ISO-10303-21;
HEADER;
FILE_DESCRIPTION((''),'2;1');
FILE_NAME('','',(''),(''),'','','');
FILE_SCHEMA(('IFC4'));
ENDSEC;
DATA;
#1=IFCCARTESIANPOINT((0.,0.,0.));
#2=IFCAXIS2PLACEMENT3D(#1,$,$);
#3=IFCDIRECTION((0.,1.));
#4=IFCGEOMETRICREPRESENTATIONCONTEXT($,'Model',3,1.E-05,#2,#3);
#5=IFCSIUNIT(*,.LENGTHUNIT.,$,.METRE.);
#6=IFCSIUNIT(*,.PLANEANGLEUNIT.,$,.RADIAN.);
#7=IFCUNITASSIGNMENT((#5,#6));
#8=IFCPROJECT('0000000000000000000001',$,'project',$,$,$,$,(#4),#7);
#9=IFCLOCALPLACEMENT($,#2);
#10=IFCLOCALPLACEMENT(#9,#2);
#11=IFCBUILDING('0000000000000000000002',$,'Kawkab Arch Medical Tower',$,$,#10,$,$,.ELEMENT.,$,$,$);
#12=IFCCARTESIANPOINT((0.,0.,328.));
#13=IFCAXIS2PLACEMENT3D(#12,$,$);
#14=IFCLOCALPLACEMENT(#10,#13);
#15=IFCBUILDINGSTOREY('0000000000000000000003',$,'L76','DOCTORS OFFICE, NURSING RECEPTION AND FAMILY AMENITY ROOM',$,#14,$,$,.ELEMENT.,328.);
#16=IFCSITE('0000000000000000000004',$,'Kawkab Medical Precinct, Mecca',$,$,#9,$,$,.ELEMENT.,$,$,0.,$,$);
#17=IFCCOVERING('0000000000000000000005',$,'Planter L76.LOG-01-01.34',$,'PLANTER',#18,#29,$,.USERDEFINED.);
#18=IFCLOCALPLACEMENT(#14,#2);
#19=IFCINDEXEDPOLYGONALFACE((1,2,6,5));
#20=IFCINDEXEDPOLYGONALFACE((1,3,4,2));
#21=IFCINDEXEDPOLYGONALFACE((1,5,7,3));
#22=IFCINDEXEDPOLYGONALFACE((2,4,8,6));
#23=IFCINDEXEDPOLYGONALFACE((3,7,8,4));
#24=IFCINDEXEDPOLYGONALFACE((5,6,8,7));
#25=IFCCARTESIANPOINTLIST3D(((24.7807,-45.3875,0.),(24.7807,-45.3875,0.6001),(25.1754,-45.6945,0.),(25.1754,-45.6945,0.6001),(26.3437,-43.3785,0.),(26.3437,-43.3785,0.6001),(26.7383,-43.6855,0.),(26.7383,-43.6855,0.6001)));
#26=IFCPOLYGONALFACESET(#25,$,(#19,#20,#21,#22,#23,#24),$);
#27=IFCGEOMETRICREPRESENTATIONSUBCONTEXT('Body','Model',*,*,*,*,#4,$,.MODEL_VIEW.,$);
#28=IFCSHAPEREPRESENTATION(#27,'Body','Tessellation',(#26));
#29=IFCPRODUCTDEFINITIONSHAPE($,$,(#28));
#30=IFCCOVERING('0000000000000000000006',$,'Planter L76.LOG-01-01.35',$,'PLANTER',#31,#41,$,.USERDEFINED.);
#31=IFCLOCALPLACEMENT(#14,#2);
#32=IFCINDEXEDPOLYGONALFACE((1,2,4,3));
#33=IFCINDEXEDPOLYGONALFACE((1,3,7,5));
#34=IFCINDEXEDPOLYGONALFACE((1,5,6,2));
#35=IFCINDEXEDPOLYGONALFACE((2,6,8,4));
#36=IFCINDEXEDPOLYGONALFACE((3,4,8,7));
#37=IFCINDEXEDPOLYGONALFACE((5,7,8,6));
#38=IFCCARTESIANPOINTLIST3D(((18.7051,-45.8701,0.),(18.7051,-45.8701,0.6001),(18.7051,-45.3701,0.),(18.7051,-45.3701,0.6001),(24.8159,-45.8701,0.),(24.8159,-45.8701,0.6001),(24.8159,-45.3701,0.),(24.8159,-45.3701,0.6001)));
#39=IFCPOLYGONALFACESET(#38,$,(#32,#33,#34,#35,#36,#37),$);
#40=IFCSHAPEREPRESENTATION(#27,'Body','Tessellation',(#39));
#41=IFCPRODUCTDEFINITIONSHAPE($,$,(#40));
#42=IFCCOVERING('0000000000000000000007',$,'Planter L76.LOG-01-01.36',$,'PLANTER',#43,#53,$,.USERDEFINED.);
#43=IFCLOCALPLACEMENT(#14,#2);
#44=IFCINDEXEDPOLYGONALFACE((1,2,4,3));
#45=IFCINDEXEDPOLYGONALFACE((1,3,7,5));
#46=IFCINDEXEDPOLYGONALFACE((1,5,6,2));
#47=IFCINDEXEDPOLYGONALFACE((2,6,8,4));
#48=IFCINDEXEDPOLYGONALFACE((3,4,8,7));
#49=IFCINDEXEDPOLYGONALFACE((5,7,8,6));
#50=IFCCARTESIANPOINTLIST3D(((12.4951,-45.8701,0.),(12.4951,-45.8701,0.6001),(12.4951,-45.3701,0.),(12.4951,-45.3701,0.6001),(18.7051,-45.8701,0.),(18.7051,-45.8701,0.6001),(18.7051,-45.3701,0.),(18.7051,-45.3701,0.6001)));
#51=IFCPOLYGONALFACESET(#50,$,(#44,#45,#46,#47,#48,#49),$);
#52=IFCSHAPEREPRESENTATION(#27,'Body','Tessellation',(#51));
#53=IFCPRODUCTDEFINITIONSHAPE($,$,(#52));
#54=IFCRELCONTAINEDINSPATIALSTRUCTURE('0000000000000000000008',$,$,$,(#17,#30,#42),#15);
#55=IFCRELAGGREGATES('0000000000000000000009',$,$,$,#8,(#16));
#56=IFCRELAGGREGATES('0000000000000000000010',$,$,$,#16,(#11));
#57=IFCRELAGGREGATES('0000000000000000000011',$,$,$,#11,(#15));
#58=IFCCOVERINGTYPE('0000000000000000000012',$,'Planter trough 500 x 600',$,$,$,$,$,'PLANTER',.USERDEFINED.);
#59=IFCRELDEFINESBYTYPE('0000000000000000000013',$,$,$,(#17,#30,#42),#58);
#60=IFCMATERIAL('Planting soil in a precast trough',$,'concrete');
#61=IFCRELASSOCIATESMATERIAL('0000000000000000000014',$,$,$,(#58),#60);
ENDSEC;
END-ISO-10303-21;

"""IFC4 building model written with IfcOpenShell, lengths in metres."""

from ifc_helpers import new_model, si_unit, direction, frame, origin, origin_2d, place, context, subcontext, project, spatial, rectangle, extrude, material, material_profile, profile_set, type_object, element, save


model = new_model("IFC4")

# Units and contexts
model_context = context("Model", 3, precision=1e-05, world=origin(), true_north=direction((0.0, 1.0)))
body_context = subcontext(model_context, "Body", "Model", "MODEL_VIEW")
ifc_project = project(units=[si_unit("LENGTHUNIT", "METRE"), si_unit("PLANEANGLEUNIT", "RADIAN")], contexts=[model_context])

# Site, building, storey
site_placement = place(None, origin())
site = spatial("IfcSite", under=ifc_project, at=site_placement, Name="Kawkab Medical Precinct, Mecca", CompositionType="ELEMENT", RefElevation=0.0)
building_placement = place(site_placement, origin())
building = spatial("IfcBuilding", under=site, at=building_placement, Name="Kawkab Arch Medical Tower", CompositionType="ELEMENT")
storey_placement = place(building_placement, frame((0.0, 0.0, 328.0)))
storey = spatial("IfcBuildingStorey", under=building, at=storey_placement, Name="L76", Description="DOCTORS OFFICE, NURSING RECEPTION AND FAMILY AMENITY ROOM", CompositionType="ELEMENT", Elevation=328.0)

# Coverings
ifc_material_1 = material(Name="Planting soil in a precast trough", Category="concrete")
ifc_material_profile_1 = material_profile(ifc_material_1, rectangle(XDim=0.5, YDim=0.6001, at=origin_2d()), Name="Trough 500x600")
ifc_profile_set_1 = profile_set([ifc_material_profile_1], Name="Planting soil in a precast trough")
covering_type = type_object("IfcCoveringType", Name="Planter trough 500 x 600", ElementType="PLANTER", PredefinedType="USERDEFINED", material=ifc_profile_set_1)
covering_1_placement = place(storey_placement, frame((26.541, -43.532, 0.3), z_axis=(-0.61404, -0.789275, 0.0), x_axis=(0.789275, -0.61404, 0.0)))
element("IfcCovering", 1, at=covering_1_placement, inside=storey, type_object=covering_type, Name="Planter L76.LOG-01-01.34", ObjectType="PLANTER", PredefinedType="USERDEFINED", context=body_context, shape_type="SweptSolid", body=[
    extrude(rectangle(XDim=0.5, YDim=0.6001, at=origin_2d()), origin(), (0.0, 0.0, 1.0), 2.5454),
])
covering_2_placement = place(storey_placement, frame((24.8159, -45.6201, 0.3), z_axis=(-1.0, 0.0, 0.0), x_axis=(0.0, -1.0, 0.0)))
element("IfcCovering", 2, at=covering_2_placement, inside=storey, type_object=covering_type, Name="Planter L76.LOG-01-01.35", ObjectType="PLANTER", PredefinedType="USERDEFINED", context=body_context, shape_type="SweptSolid", body=[
    extrude(rectangle(XDim=0.5, YDim=0.6001, at=origin_2d()), origin(), (0.0, 0.0, 1.0), 6.1108),
])
covering_3_placement = place(storey_placement, frame((18.7051, -45.6201, 0.3), z_axis=(-1.0, 0.0, 0.0), x_axis=(0.0, -1.0, 0.0)))
element("IfcCovering", 3, at=covering_3_placement, inside=storey, type_object=covering_type, Name="Planter L76.LOG-01-01.36", ObjectType="PLANTER", PredefinedType="USERDEFINED", context=body_context, shape_type="SweptSolid", body=[
    extrude(rectangle(XDim=0.5, YDim=0.6001, at=origin_2d()), origin(), (0.0, 0.0, 1.0), 6.21),
])

save(model, "model.ifc")
